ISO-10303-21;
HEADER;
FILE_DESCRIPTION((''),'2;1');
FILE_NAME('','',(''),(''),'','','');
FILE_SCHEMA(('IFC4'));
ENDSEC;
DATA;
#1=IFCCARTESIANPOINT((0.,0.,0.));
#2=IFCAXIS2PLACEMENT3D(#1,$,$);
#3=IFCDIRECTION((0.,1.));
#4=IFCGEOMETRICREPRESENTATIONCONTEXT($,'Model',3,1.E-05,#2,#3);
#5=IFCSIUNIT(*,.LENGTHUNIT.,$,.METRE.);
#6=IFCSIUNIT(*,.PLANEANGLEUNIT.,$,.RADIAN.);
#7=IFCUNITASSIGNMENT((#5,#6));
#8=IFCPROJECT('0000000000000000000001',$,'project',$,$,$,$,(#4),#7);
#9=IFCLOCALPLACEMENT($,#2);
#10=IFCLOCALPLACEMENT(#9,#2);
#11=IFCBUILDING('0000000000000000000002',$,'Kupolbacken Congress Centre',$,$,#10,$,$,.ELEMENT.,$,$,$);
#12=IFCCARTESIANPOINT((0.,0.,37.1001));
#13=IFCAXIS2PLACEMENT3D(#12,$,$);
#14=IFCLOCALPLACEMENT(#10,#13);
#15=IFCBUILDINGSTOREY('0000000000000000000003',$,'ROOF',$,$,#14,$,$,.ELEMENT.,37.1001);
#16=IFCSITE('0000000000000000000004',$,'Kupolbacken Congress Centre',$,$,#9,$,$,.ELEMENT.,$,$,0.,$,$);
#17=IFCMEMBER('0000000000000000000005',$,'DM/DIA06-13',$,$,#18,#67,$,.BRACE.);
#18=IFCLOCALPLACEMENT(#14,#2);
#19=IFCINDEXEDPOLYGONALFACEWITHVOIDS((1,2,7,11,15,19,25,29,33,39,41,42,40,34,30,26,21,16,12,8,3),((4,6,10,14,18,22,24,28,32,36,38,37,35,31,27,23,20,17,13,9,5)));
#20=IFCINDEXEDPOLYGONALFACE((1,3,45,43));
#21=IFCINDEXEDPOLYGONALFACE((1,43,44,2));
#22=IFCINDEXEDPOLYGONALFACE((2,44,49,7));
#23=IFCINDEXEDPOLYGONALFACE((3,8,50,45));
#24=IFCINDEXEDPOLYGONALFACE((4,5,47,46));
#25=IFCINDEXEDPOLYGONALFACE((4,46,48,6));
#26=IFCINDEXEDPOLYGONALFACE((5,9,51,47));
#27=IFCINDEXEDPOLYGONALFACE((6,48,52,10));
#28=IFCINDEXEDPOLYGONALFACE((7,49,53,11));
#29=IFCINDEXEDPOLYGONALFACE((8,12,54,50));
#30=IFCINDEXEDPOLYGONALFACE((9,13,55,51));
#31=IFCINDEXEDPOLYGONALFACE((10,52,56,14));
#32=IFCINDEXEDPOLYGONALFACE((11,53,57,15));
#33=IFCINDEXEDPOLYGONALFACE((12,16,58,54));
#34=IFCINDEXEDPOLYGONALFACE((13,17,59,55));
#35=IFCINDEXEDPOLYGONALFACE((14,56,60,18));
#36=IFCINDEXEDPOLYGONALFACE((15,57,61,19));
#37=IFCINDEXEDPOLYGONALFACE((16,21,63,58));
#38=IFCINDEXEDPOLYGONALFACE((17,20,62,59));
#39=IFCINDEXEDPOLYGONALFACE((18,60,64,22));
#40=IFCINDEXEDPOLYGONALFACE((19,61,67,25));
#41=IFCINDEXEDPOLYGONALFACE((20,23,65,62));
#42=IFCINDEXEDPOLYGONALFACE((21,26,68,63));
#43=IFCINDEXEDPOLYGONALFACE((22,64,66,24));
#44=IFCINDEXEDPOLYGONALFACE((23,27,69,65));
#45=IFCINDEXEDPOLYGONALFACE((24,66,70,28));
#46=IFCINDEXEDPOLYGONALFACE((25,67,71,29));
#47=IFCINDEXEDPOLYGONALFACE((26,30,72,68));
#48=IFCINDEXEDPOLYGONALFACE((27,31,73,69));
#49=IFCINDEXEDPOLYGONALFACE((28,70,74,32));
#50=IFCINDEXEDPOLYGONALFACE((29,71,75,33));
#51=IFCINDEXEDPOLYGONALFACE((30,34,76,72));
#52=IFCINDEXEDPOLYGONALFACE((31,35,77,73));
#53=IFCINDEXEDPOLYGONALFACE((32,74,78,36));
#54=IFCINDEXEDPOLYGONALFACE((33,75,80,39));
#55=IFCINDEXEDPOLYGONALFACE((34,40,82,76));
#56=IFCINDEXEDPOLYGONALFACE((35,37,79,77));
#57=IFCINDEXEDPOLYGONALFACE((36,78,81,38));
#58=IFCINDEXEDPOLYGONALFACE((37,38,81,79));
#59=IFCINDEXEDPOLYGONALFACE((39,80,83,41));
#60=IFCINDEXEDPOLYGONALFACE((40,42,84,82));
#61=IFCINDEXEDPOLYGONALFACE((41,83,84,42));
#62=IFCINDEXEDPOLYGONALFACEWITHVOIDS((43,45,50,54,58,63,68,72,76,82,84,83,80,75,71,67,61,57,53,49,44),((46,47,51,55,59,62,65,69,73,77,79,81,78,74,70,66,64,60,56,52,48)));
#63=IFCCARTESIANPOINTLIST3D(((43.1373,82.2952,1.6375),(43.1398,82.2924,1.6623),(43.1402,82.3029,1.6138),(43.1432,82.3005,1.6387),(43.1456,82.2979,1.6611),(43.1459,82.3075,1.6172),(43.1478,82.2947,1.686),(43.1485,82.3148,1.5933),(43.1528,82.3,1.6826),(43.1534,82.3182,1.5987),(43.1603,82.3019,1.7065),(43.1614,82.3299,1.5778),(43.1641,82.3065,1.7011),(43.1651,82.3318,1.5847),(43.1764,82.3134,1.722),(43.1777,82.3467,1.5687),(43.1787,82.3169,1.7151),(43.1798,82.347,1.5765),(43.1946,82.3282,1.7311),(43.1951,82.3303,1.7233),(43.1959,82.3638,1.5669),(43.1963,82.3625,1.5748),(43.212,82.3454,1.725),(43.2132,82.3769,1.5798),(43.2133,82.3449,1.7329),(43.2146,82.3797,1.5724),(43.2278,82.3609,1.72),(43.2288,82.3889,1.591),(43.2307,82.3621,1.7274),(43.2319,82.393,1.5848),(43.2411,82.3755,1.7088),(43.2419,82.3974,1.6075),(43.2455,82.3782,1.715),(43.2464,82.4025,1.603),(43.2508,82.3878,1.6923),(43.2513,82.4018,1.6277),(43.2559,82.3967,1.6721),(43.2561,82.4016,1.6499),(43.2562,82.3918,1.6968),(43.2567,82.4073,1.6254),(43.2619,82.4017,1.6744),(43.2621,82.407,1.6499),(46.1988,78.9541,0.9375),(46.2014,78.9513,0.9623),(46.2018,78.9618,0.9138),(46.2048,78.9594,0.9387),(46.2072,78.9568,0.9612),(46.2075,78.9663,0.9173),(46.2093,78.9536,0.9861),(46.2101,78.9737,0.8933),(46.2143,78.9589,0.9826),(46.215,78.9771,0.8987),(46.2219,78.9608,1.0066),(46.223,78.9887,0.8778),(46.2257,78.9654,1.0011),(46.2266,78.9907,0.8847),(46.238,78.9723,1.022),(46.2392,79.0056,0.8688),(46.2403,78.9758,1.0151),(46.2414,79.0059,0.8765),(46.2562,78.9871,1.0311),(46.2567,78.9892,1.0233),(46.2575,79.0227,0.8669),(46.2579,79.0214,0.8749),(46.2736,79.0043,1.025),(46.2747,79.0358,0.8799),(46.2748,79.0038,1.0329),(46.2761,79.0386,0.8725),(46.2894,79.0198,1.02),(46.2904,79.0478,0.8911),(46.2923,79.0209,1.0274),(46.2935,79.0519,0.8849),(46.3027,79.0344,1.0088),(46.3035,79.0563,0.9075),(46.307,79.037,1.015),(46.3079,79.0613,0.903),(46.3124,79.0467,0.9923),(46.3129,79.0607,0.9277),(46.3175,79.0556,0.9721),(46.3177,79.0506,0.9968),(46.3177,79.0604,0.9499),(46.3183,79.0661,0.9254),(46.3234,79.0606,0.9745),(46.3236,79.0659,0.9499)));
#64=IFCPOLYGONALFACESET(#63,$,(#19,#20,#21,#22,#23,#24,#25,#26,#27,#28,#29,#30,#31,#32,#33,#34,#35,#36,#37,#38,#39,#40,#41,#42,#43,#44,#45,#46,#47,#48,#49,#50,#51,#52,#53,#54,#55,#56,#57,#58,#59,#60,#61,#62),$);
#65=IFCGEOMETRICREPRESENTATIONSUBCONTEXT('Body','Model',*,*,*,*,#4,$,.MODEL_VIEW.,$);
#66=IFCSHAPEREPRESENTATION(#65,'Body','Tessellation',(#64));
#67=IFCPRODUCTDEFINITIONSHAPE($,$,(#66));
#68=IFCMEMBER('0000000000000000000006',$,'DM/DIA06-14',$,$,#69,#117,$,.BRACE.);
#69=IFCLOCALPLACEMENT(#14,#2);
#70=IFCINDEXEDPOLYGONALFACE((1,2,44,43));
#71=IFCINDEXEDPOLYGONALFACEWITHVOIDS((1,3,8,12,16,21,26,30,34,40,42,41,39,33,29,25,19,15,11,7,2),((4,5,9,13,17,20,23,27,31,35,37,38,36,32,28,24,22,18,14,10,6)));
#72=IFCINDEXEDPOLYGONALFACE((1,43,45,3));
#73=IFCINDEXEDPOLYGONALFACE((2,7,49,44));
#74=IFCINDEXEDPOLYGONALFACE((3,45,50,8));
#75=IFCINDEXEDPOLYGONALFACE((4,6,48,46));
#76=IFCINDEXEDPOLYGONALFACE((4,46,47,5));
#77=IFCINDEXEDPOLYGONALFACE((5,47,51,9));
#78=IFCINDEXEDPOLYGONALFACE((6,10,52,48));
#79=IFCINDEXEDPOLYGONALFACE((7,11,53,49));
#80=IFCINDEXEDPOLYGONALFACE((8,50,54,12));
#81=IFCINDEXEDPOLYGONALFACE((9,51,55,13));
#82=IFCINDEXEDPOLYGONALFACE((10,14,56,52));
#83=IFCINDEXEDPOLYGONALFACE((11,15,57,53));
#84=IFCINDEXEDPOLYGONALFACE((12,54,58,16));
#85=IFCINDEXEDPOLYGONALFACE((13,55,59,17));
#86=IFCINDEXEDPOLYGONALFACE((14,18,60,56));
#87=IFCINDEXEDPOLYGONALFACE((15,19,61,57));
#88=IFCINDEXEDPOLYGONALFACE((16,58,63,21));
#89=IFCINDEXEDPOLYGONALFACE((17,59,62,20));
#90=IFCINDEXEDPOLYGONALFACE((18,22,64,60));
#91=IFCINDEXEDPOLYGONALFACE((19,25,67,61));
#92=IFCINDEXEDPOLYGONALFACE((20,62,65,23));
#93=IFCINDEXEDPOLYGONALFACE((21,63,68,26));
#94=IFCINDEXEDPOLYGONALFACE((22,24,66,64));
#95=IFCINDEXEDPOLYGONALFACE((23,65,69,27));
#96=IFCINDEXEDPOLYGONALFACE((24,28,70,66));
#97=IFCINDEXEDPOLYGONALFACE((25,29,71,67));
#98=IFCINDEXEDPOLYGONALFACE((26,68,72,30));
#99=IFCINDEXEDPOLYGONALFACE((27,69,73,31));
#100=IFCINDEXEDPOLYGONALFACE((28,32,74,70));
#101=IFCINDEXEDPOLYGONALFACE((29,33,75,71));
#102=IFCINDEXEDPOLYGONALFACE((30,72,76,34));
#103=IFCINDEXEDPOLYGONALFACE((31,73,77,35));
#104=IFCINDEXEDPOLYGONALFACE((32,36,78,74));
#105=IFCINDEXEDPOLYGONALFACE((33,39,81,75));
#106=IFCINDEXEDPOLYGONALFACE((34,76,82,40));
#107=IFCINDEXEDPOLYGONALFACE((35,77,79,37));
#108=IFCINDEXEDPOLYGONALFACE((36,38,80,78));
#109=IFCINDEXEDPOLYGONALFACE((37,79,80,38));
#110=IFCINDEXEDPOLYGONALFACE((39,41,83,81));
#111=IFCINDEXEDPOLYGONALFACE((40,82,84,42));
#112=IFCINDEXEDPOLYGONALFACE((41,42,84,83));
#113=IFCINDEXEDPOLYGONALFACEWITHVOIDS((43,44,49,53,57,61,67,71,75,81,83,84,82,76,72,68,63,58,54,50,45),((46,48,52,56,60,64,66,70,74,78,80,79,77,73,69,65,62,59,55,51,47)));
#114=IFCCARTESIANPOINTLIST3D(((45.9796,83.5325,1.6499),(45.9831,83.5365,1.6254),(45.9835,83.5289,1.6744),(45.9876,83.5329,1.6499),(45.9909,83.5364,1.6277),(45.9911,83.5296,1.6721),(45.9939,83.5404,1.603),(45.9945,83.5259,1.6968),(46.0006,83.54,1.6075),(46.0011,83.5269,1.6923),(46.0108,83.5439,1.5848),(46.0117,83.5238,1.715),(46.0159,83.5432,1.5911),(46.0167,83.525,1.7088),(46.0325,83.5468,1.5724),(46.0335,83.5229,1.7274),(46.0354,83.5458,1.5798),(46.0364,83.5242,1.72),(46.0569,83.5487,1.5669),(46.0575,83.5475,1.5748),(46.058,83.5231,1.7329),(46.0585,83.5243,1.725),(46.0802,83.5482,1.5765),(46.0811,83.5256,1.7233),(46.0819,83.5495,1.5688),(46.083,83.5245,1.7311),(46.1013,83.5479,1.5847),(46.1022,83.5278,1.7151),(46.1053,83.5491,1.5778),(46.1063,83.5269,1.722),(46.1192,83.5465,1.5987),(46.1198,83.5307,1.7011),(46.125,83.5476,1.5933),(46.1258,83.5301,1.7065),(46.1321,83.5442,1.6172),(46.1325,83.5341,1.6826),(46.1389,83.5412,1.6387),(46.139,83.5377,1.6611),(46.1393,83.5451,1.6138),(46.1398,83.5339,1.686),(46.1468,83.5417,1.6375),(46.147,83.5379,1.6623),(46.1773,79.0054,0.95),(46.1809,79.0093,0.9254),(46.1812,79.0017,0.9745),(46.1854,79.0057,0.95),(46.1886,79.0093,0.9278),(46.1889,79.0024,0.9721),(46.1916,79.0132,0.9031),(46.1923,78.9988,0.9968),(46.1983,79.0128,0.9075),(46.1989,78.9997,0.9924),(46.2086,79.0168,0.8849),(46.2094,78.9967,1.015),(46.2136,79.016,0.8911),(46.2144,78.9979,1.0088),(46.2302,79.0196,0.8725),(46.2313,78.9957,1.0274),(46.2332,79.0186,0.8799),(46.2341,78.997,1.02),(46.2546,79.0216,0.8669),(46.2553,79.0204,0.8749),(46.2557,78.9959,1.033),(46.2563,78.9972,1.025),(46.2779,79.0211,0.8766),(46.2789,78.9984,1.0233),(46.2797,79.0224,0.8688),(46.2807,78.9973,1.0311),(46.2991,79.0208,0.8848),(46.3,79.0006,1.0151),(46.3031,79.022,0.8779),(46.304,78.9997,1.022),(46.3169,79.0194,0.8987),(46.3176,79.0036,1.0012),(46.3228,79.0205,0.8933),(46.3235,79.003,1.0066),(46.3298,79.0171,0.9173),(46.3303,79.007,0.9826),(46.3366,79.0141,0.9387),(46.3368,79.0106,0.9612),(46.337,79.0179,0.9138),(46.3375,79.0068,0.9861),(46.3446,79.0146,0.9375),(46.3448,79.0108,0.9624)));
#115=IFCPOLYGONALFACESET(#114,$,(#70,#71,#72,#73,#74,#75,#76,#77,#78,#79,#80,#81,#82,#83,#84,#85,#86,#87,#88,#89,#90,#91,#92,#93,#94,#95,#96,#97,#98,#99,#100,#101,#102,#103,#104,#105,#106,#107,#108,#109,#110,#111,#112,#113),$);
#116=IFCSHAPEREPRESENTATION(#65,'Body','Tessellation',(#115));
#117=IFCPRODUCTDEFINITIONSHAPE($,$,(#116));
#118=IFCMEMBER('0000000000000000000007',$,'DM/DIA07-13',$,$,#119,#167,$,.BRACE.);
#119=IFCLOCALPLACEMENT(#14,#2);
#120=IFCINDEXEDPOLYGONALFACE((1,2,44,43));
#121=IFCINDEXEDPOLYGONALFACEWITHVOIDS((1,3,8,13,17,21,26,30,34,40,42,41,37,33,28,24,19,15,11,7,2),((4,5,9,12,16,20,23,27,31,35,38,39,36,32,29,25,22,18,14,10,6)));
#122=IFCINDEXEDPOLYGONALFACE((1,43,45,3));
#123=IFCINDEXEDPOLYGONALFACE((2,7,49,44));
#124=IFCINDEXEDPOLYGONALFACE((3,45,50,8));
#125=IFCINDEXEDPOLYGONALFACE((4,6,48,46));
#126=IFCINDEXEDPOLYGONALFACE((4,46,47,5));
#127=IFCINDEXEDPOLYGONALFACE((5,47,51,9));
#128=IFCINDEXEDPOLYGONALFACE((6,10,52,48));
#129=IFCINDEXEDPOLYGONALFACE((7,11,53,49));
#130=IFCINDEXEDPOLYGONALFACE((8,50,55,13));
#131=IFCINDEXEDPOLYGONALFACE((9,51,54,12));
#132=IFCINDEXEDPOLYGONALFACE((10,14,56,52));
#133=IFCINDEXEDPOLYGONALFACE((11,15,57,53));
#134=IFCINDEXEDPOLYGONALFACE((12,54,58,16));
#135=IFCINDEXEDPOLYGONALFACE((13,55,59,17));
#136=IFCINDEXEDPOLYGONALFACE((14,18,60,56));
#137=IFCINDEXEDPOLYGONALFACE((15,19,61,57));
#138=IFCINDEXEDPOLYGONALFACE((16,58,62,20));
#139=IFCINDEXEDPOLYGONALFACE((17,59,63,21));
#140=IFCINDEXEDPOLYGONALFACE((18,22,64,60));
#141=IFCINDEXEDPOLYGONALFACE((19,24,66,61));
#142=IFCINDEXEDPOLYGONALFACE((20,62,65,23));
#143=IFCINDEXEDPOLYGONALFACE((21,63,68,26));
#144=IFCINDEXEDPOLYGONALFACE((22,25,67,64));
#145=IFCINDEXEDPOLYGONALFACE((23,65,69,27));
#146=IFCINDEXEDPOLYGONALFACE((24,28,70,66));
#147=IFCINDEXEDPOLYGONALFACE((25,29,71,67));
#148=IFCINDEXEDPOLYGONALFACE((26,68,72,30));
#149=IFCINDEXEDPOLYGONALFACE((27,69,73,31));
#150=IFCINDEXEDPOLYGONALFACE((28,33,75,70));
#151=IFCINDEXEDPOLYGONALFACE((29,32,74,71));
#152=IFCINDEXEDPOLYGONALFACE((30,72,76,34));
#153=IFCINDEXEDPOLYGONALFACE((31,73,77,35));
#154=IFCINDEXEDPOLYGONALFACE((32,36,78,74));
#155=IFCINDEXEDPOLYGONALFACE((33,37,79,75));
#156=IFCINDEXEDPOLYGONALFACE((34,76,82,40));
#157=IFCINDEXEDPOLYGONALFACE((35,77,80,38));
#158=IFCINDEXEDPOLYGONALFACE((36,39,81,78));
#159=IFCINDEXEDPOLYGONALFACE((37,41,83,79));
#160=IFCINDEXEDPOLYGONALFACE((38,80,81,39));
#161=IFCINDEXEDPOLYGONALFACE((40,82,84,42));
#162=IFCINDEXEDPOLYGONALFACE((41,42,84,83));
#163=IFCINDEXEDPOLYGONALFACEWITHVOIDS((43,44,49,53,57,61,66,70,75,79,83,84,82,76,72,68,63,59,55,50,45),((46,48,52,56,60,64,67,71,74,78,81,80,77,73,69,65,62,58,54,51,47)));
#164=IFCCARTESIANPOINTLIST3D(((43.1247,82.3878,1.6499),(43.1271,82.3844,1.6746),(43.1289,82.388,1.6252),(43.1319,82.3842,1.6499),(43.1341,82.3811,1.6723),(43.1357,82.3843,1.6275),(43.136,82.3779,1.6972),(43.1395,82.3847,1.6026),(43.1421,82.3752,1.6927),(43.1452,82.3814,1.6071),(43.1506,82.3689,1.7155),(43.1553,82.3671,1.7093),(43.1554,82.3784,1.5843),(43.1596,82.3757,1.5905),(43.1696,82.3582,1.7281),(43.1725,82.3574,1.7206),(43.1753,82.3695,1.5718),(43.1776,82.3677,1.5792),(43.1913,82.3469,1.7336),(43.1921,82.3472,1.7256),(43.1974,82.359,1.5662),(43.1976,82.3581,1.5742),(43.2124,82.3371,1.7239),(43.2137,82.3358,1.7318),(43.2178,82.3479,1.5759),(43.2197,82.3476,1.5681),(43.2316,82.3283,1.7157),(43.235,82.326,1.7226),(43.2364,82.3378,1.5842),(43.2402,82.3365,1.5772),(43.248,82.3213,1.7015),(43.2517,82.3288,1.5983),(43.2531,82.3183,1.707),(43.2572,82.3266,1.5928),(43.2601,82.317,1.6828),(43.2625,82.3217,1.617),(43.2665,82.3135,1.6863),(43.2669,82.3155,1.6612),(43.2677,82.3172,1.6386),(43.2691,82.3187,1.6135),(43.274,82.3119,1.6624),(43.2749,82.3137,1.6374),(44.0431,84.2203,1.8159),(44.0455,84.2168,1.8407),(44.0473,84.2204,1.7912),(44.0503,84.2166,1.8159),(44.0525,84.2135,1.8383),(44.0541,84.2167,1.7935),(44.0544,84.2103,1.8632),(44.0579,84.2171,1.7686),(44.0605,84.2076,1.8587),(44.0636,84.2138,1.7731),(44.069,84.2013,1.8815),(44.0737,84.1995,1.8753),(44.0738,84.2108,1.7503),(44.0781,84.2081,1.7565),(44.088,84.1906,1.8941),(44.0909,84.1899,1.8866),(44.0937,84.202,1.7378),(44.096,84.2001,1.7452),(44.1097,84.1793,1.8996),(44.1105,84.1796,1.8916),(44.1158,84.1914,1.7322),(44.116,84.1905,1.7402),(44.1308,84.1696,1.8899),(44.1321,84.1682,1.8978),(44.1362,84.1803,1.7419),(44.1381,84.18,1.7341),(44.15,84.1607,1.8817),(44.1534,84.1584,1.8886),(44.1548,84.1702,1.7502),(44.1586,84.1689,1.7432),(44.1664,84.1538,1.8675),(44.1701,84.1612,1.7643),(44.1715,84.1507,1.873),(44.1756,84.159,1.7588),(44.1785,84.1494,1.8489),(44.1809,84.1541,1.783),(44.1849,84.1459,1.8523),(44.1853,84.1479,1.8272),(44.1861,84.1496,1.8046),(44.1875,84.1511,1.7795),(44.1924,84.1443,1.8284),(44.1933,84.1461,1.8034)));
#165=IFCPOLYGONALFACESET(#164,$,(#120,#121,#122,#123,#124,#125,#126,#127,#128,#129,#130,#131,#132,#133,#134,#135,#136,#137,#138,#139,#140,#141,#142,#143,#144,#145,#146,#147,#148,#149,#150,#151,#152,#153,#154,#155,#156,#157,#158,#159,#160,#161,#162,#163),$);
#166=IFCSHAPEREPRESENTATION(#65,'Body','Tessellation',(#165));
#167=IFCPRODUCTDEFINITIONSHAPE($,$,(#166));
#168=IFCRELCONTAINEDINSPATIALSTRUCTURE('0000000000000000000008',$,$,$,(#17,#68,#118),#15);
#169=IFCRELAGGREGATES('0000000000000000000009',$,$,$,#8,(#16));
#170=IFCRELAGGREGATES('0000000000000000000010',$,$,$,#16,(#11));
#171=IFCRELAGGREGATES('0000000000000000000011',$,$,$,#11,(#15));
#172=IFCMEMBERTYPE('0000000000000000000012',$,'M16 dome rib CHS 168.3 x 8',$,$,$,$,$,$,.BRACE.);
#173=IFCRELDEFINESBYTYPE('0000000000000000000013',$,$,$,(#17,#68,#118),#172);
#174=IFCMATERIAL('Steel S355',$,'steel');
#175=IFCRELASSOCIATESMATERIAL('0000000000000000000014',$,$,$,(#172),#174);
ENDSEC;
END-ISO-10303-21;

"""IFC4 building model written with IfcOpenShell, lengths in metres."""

from ifc_helpers import new_model, si_unit, direction, frame, origin, origin_2d, place, context, subcontext, project, spatial, hollow_circle, extrude, material, material_profile, profile_set, type_object, element, save


model = new_model("IFC4")

# Units and contexts
model_context = context("Model", 3, precision=1e-05, world=origin(), true_north=direction((0.0, 1.0)))
body_context = subcontext(model_context, "Body", "Model", "MODEL_VIEW")
ifc_project = project(units=[si_unit("LENGTHUNIT", "METRE"), si_unit("PLANEANGLEUNIT", "RADIAN")], contexts=[model_context])

# Site, building, storey
site_placement = place(None, origin())
site = spatial("IfcSite", under=ifc_project, at=site_placement, Name="Kupolbacken Congress Centre", CompositionType="ELEMENT", RefElevation=0.0)
building_placement = place(site_placement, origin())
building = spatial("IfcBuilding", under=site, at=building_placement, Name="Kupolbacken Congress Centre", CompositionType="ELEMENT")
storey_placement = place(building_placement, frame((0.0, 0.0, 37.1001)))
storey = spatial("IfcBuildingStorey", under=building, at=storey_placement, Name="ROOF", CompositionType="ELEMENT", Elevation=37.1001)

# Members
ifc_material_1 = material(Name="Steel S355", Category="steel")
ifc_material_profile_1 = material_profile(ifc_material_1, hollow_circle(Radius=0.0842, WallThickness=0.0081, at=origin_2d()), Name="CHS 168.3 x 8")
ifc_profile_set_1 = profile_set([ifc_material_profile_1], Name="Steel S355")
member_type_1 = type_object("IfcMemberType", Name="M16 dome rib CHS 168.3 x 8", PredefinedType="BRACE", material=ifc_profile_set_1)
for number, where, z_axis, x_axis, name in (
    (1, (43.2, 82.3501, 1.6499), (0.667673, -0.728637, -0.152649), (0.737277, 0.67559, 0.0), "DM/DIA06-13"),
):
    element("IfcMember", number, at=place(storey_placement, frame(where, z_axis=z_axis, x_axis=x_axis)), inside=storey, type_object=member_type_1, Name=name, PredefinedType="BRACE", context=body_context, shape_type="SweptSolid", body=[
        extrude(hollow_circle(Radius=0.0842, WallThickness=0.0081, at=origin_2d()), origin(), (0.0, 0.0, 1.0), 4.5854),
    ])
member_1_placement = place(storey_placement, frame((46.2615, 79.009, 0.95), z_axis=(-0.043129, 0.987338, 0.152656), x_axis=(-0.999047, -0.043641, 0.0)))
element("IfcMember", 2, at=member_1_placement, inside=storey, type_object=member_type_1, Name="DM/DIA06-14", PredefinedType="BRACE", context=body_context, shape_type="SweptSolid", body=[
    extrude(hollow_circle(Radius=0.0842, WallThickness=0.0081, at=origin_2d()), origin(), (0.0, 0.0, 1.0), 4.5852),
])
member_2_placement = place(storey_placement, frame((43.2, 82.3501, 1.6499), z_axis=(0.446609, 0.89108, 0.080727), x_axis=(-0.893998, 0.448071, 0.0)))
element("IfcMember", 3, at=member_2_placement, inside=storey, type_object=member_type_1, Name="DM/DIA07-13", PredefinedType="BRACE", context=body_context, shape_type="SweptSolid", body=[
    extrude(hollow_circle(Radius=0.0842, WallThickness=0.0081, at=origin_2d()), origin(), (0.0, 0.0, 1.0), 2.0564),
])

save(model, "model.ifc")
